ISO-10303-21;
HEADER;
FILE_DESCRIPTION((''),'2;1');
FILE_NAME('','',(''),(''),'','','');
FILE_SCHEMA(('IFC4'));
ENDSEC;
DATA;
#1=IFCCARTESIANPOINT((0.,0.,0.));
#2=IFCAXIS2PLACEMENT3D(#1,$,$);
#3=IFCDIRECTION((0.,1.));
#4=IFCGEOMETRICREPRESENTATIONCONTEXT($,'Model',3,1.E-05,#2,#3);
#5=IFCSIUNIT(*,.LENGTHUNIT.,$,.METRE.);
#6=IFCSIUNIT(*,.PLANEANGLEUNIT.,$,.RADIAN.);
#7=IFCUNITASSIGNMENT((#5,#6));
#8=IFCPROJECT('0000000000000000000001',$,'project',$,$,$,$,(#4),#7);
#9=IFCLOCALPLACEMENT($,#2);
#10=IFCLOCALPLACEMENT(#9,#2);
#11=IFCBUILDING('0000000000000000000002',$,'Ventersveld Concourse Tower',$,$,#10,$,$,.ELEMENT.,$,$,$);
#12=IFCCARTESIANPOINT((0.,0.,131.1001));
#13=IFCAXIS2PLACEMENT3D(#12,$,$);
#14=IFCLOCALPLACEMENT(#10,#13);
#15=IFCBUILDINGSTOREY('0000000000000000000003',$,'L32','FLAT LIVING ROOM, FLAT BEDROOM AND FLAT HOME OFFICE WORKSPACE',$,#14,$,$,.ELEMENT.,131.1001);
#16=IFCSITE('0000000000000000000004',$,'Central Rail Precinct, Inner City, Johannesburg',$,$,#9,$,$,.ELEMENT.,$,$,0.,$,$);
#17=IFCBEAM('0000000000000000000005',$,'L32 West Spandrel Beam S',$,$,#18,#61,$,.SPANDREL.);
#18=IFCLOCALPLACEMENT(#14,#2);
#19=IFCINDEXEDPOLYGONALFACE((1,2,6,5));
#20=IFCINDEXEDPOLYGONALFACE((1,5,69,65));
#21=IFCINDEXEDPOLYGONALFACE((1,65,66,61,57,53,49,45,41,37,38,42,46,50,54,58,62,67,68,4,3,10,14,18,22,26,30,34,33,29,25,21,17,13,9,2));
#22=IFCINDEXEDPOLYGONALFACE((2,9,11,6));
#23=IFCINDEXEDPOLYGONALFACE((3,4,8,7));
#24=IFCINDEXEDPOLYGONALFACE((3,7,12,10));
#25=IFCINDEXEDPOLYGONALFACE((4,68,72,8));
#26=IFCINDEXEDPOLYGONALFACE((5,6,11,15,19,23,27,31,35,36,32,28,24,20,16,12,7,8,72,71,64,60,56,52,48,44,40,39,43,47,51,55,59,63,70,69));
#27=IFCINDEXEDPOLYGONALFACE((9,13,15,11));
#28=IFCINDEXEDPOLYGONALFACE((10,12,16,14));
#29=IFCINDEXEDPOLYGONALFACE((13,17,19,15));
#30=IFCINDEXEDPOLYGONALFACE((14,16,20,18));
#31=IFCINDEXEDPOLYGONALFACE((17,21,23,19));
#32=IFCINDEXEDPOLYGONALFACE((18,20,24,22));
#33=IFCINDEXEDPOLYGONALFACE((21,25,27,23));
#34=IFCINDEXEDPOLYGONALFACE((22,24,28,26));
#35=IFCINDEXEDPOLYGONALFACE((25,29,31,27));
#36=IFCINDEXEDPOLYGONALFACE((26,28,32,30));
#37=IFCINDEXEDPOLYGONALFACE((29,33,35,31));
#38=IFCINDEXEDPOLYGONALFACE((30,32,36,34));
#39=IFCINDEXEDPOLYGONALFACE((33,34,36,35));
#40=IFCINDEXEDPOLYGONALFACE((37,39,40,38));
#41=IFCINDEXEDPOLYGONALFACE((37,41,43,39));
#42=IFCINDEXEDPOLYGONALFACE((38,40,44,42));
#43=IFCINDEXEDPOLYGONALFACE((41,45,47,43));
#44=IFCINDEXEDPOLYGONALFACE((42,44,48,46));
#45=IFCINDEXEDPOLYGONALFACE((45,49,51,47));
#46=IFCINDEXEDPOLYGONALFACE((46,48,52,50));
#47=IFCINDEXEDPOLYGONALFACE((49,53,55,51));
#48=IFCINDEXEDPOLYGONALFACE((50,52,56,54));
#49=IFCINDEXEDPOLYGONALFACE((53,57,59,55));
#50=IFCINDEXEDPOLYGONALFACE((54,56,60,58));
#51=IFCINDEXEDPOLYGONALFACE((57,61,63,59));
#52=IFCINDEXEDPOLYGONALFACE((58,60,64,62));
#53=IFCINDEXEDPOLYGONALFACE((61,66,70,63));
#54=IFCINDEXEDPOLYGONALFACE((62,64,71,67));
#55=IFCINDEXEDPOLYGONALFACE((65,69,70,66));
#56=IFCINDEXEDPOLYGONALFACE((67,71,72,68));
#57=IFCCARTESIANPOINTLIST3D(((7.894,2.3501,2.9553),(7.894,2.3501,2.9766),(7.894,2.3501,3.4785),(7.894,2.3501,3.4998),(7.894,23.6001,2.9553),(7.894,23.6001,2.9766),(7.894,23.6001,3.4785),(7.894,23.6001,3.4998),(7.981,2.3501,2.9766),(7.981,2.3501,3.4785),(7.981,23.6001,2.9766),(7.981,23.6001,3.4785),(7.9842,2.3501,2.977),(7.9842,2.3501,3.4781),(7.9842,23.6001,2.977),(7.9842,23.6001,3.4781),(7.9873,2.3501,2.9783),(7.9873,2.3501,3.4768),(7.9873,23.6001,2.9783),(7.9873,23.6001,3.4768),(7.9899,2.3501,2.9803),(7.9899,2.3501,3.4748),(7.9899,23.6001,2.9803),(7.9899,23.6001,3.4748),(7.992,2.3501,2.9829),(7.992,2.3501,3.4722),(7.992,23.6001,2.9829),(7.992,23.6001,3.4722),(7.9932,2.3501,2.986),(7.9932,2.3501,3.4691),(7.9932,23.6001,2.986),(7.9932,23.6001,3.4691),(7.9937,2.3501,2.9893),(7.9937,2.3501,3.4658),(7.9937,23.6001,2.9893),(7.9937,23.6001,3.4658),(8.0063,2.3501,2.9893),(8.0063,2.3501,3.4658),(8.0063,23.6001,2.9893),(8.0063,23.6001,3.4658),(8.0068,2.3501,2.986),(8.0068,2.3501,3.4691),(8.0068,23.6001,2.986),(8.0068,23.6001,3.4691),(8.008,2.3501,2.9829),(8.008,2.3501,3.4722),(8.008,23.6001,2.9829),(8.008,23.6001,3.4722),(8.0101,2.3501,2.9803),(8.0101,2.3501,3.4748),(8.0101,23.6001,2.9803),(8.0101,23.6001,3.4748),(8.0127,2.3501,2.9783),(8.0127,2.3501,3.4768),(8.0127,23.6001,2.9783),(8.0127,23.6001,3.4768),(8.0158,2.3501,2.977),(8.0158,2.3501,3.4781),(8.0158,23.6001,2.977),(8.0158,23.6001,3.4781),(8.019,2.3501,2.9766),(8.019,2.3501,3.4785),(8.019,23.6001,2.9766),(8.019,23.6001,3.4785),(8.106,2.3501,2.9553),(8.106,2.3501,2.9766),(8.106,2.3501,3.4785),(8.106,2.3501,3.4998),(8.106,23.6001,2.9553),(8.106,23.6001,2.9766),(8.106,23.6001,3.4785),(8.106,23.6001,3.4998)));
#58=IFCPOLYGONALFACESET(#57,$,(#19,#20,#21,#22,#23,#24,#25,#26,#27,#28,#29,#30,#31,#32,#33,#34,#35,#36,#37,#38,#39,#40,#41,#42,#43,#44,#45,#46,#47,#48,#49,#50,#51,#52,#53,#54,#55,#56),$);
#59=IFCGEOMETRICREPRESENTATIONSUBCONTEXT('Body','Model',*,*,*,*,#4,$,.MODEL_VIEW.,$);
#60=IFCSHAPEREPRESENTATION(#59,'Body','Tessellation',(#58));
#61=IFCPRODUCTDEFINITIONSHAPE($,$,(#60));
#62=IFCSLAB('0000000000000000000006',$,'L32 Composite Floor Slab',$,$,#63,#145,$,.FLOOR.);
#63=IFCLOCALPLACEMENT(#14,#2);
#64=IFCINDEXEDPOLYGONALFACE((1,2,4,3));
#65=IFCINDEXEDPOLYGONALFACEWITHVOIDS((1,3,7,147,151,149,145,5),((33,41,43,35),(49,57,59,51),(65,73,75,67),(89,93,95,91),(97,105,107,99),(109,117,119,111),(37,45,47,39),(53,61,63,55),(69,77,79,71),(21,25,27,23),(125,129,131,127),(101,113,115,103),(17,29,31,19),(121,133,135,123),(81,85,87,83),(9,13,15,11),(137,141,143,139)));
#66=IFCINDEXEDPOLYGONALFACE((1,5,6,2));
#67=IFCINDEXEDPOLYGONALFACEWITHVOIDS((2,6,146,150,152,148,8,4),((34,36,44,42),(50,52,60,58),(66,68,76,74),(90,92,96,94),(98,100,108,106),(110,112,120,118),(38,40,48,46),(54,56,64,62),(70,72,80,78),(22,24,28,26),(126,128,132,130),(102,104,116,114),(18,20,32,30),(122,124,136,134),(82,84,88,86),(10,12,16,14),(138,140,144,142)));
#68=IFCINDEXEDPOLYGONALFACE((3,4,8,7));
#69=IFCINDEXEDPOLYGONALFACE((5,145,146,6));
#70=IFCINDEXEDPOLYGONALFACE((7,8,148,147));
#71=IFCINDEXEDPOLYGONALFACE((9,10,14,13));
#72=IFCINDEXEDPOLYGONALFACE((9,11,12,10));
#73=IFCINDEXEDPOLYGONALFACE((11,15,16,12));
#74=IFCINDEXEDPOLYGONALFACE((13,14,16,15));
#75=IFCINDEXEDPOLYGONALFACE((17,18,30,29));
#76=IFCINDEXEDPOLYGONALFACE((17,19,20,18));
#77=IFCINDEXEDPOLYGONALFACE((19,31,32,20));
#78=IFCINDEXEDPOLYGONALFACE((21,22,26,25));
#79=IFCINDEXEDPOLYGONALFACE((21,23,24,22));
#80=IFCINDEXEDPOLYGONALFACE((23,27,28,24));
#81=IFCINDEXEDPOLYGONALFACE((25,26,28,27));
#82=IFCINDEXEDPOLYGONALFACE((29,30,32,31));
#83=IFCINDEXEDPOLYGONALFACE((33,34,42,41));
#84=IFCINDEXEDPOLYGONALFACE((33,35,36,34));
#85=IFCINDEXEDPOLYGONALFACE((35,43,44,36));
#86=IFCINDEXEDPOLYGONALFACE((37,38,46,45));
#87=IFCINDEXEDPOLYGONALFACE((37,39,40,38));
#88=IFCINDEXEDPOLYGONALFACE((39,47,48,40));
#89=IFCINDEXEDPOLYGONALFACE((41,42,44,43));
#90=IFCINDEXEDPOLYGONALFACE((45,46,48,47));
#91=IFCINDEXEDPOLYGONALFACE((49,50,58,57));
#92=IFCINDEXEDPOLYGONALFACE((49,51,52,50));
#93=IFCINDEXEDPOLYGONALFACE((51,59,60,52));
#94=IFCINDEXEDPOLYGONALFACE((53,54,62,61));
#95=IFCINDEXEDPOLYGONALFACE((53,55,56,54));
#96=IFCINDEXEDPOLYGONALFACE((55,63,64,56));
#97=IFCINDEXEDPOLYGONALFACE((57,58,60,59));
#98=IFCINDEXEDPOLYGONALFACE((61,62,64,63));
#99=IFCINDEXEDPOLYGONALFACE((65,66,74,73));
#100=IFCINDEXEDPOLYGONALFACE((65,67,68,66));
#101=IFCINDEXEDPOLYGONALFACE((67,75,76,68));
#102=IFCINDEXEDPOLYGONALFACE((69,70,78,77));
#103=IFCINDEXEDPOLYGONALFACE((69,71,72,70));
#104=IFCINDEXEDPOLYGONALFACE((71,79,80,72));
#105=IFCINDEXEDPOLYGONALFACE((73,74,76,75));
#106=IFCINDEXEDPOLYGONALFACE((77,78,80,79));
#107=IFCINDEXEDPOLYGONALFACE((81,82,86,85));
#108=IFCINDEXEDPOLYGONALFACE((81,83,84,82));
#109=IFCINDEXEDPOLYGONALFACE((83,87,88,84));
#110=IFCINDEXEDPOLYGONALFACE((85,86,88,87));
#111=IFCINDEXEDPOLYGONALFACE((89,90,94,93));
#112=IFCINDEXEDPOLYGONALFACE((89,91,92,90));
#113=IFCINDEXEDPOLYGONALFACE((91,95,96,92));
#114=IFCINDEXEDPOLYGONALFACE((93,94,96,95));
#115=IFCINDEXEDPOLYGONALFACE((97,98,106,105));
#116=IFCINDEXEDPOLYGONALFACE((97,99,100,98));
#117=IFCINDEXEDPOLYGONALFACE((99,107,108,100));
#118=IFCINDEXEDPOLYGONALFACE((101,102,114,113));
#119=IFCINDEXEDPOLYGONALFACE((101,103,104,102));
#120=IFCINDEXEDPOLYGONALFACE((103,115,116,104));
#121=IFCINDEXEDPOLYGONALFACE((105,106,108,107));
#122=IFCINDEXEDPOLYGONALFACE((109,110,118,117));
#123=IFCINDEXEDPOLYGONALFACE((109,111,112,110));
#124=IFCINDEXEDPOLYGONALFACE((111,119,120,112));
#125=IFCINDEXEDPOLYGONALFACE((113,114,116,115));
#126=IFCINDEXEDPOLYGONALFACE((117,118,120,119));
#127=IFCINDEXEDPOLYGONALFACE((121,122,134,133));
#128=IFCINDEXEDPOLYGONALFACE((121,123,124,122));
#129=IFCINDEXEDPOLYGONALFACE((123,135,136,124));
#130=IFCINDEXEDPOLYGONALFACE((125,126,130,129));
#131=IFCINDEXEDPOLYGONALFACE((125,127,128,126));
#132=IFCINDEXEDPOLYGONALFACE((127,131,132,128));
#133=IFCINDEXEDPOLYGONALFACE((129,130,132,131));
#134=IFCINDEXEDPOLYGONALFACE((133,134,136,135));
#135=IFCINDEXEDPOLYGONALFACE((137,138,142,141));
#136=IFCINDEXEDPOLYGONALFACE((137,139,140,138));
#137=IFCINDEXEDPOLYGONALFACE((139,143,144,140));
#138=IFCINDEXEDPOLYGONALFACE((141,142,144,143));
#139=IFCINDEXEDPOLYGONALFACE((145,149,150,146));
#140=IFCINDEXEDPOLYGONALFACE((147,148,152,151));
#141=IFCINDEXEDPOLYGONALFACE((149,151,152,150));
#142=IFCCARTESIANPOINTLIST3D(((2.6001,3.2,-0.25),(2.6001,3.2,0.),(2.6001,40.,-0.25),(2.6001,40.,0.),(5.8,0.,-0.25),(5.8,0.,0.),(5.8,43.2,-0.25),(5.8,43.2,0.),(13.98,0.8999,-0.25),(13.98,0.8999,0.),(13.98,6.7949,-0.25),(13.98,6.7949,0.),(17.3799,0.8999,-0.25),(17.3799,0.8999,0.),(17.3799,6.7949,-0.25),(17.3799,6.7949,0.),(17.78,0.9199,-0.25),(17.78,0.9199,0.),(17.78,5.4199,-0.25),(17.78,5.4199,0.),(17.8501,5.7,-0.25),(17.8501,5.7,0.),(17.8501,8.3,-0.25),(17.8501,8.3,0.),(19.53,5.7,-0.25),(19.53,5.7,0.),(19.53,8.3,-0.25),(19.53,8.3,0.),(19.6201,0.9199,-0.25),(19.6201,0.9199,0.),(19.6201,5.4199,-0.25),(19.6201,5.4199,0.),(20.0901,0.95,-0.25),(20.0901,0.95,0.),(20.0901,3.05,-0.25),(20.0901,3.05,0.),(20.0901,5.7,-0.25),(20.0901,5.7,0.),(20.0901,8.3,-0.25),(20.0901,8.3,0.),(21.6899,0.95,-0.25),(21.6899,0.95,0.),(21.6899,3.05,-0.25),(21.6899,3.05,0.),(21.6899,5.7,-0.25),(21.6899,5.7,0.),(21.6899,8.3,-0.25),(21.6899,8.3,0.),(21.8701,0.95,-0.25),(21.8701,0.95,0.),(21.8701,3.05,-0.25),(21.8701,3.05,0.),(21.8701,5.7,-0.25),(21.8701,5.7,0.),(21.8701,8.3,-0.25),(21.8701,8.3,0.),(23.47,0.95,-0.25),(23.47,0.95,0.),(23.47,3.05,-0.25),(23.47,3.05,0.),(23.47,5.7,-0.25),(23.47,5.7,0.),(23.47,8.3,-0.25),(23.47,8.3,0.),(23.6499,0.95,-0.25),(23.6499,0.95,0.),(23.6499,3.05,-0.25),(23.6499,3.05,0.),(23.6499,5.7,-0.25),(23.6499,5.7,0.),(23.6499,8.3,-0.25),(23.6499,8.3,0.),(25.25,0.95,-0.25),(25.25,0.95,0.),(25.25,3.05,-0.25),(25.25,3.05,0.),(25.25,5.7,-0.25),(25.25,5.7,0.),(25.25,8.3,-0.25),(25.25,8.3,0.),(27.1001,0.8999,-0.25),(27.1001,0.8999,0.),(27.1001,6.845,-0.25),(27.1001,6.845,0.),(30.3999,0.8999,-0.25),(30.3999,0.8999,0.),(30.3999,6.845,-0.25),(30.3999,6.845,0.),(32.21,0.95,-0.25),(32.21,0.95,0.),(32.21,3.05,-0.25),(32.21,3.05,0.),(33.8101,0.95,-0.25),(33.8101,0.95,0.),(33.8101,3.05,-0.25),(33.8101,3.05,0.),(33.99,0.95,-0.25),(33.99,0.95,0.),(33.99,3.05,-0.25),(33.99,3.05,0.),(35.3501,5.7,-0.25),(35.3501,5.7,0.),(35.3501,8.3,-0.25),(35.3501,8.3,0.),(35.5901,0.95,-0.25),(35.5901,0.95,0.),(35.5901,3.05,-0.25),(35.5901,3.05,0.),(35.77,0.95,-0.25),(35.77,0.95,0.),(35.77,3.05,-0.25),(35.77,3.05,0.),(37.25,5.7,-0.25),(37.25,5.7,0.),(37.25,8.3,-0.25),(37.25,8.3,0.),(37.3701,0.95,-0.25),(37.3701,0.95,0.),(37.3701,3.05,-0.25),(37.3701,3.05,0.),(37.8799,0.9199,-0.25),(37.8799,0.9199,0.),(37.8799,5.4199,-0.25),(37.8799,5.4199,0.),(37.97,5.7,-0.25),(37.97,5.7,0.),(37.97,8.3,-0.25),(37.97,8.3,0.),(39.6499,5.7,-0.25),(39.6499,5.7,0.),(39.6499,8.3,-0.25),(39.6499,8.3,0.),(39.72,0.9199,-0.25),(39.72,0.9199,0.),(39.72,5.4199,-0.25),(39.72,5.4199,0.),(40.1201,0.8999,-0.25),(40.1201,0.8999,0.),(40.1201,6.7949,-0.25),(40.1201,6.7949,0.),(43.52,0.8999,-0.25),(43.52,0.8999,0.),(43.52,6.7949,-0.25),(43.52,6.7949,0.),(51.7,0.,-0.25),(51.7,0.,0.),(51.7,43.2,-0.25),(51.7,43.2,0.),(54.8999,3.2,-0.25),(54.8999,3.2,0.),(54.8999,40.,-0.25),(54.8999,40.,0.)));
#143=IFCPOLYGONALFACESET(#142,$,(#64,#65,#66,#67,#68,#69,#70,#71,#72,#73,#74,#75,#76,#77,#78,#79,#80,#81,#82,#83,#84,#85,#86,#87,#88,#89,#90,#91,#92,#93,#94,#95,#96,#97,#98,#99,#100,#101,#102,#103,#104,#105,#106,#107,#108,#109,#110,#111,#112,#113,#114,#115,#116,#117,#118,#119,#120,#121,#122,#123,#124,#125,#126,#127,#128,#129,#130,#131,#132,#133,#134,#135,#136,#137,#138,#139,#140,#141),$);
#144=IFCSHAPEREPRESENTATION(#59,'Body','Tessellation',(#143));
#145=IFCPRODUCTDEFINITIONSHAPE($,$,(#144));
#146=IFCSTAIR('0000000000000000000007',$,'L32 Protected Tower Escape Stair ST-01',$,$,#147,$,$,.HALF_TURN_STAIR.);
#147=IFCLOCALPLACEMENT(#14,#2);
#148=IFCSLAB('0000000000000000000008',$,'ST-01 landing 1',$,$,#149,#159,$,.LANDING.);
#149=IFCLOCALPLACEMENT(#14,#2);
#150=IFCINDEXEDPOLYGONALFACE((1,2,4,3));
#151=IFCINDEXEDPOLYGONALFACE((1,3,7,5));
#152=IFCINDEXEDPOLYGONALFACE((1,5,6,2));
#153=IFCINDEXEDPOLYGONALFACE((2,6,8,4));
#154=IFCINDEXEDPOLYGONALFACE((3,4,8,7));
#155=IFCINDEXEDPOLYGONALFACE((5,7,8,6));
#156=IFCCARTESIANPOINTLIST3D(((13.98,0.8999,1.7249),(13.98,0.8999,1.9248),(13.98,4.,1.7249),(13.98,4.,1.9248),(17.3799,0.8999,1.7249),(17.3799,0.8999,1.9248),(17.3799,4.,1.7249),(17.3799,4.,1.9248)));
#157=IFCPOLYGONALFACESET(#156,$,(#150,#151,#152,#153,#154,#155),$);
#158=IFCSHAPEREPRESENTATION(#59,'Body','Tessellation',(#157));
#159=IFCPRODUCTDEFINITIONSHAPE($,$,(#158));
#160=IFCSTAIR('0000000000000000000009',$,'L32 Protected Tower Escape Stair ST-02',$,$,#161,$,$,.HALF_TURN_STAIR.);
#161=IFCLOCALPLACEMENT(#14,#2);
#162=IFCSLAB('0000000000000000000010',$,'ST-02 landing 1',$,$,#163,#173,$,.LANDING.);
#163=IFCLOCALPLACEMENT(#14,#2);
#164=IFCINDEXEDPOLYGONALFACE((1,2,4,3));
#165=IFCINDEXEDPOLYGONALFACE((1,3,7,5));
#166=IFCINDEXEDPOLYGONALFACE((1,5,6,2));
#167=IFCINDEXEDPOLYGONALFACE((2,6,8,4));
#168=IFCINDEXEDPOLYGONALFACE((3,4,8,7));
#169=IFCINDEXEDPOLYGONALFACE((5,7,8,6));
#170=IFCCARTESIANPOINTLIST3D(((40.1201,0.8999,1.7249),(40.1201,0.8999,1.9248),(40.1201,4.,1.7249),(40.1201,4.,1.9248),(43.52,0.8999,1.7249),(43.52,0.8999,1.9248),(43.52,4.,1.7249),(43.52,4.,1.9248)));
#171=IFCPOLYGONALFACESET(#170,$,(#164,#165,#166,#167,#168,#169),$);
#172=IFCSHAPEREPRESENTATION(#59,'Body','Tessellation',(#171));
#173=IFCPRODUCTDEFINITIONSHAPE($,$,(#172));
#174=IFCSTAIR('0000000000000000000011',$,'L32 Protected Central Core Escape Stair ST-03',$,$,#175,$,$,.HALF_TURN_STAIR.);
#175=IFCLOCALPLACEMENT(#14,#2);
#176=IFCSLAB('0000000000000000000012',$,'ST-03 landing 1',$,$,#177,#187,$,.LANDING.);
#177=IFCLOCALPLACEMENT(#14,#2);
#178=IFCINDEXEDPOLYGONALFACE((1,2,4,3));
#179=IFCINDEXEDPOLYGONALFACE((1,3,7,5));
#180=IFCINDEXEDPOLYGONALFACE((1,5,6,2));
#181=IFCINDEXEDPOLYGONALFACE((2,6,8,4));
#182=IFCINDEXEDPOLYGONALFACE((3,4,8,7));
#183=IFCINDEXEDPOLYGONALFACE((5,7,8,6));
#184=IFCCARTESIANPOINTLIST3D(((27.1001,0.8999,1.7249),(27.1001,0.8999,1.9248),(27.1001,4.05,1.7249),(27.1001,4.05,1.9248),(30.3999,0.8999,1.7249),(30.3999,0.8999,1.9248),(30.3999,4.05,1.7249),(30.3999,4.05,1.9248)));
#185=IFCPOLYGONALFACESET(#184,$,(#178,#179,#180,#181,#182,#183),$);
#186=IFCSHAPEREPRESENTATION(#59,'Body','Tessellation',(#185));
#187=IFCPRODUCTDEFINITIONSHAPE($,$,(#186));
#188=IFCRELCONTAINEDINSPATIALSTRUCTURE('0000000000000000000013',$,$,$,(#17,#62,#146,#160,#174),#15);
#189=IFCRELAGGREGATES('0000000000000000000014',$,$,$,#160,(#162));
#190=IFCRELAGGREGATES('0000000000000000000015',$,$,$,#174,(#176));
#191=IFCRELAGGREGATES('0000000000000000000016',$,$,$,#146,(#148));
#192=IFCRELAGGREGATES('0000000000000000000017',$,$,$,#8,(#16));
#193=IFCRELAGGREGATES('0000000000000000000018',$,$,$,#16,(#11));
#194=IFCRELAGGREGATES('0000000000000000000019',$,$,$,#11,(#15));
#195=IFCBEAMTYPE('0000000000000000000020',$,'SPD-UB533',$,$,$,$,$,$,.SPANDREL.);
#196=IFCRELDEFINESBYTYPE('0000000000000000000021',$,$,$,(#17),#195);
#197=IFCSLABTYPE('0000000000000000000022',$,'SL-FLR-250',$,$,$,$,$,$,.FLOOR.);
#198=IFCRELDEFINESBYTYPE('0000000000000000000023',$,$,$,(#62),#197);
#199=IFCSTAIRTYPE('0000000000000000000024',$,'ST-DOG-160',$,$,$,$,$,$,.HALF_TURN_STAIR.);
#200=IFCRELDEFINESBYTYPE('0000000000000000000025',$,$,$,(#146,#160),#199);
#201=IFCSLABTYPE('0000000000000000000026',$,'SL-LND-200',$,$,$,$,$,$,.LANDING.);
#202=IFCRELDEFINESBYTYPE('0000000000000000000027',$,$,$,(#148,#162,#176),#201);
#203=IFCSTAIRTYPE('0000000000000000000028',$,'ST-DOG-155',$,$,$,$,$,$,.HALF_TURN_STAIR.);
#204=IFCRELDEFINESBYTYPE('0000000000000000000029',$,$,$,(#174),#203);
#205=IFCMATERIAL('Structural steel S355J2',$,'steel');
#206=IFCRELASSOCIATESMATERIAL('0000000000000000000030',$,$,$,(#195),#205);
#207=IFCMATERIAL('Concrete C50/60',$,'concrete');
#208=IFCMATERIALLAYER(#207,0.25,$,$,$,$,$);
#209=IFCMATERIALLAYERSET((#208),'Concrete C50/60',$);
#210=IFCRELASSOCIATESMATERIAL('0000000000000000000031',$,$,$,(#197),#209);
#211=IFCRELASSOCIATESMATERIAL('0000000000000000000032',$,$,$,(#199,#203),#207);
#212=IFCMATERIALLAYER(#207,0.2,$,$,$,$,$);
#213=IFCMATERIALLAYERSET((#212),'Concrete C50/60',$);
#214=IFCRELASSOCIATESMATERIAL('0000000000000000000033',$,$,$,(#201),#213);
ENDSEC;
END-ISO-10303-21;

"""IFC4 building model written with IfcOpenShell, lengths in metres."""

from ifc_helpers import new_model, si_unit, direction, frame, origin, origin_2d, place, context, subcontext, project, spatial, polyline, i_section, outline, extrude, material, layer, layer_set, material_profile, profile_set, type_object, element, aggregate, save


model = new_model("IFC4")

# Units and contexts
model_context = context("Model", 3, precision=1e-05, world=origin(), true_north=direction((0.0, 1.0)))
body_context = subcontext(model_context, "Body", "Model", "MODEL_VIEW")
ifc_project = project(units=[si_unit("LENGTHUNIT", "METRE"), si_unit("PLANEANGLEUNIT", "RADIAN")], contexts=[model_context])

# Site, building, storey
site_placement = place(None, origin())
site = spatial("IfcSite", under=ifc_project, at=site_placement, Name="Central Rail Precinct, Inner City, Johannesburg", CompositionType="ELEMENT", RefElevation=0.0)
building_placement = place(site_placement, origin())
building = spatial("IfcBuilding", under=site, at=building_placement, Name="Ventersveld Concourse Tower", CompositionType="ELEMENT")
storey_placement = place(building_placement, frame((0.0, 0.0, 131.1001)))
storey = spatial("IfcBuildingStorey", under=building, at=storey_placement, Name="L32", Description="FLAT LIVING ROOM, FLAT BEDROOM AND FLAT HOME OFFICE WORKSPACE", CompositionType="ELEMENT", Elevation=131.1001)

# Shared definitions
ifc_material_1 = material(Name="Concrete C50/60", Category="concrete")

# Shared definitions
ifc_material_2 = material(Name="Structural steel S355J2", Category="steel")

# Beam
ifc_material_profile_1 = material_profile(ifc_material_2, i_section(OverallWidth=0.2119, OverallDepth=0.5444, WebThickness=0.0127, FlangeThickness=0.0212, FilletRadius=0.0127, at=origin_2d()), Name="UB 533x210x122")
ifc_profile_set_1 = profile_set([ifc_material_profile_1], Name="Structural steel S355J2")
beam_type_1 = type_object("IfcBeamType", Name="SPD-UB533", PredefinedType="SPANDREL", material=ifc_profile_set_1)
beam_1_placement = place(storey_placement, frame((8.0, 2.3501, 3.2275), z_axis=(0.0, 1.0, 0.0), x_axis=(-1.0, 0.0, 0.0)))
element("IfcBeam", 1, at=beam_1_placement, inside=storey, type_object=beam_type_1, Name="L32 West Spandrel Beam S", PredefinedType="SPANDREL", context=body_context, shape_type="SweptSolid", body=[
    extrude(i_section(OverallWidth=0.2119, OverallDepth=0.5444, WebThickness=0.0127, FlangeThickness=0.0212, FilletRadius=0.0127, at=origin_2d()), origin(), (0.0, 0.0, 1.0), 21.25),
])

# Slab
ifc_layer_1 = layer(ifc_material_1, 0.25)
ifc_layer_set_1 = layer_set([ifc_layer_1], Name="Concrete C50/60")
slab_type_1 = type_object("IfcSlabType", Name="SL-FLR-250", PredefinedType="FLOOR", material=ifc_layer_set_1)
slab_1_placement = place(storey_placement, frame((0.0, 0.0, -0.25)))
element("IfcSlab", 2, at=slab_1_placement, inside=storey, type_object=slab_type_1, Name="L32 Composite Floor Slab", PredefinedType="FLOOR", context=body_context, shape_type="SweptSolid", body=[
    extrude(outline(polyline([(5.8, 0.0), (51.7, 0.0), (54.8999, 3.2), (54.8999, 40.0), (51.7, 43.2), (5.8, 43.2), (2.6001, 40.0), (2.6001, 3.2), (5.8, 0.0)]), holes=[polyline([(13.98, 6.7949), (13.98, 0.8999), (17.3799, 0.8999), (17.3799, 6.7949), (13.98, 6.7949)]), polyline([(40.1201, 6.7949), (40.1201, 0.8999), (43.52, 0.8999), (43.52, 6.7949), (40.1201, 6.7949)]), polyline([(27.1001, 6.845), (27.1001, 0.8999), (30.3999, 0.8999), (30.3999, 6.845), (27.1001, 6.845)]), polyline([(17.8501, 5.7), (19.53, 5.7), (19.53, 8.3), (17.8501, 8.3), (17.8501, 5.7)]), polyline([(37.97, 5.7), (39.6499, 5.7), (39.6499, 8.3), (37.97, 8.3), (37.97, 5.7)]), polyline([(35.3501, 5.7), (37.25, 5.7), (37.25, 8.3), (35.3501, 8.3), (35.3501, 5.7)]), polyline([(20.0901, 0.95), (21.6899, 0.95), (21.6899, 3.05), (20.0901, 3.05), (20.0901, 0.95)]), polyline([(21.8701, 0.95), (23.47, 0.95), (23.47, 3.05), (21.8701, 3.05), (21.8701, 0.95)]), polyline([(23.6499, 0.95), (25.25, 0.95), (25.25, 3.05), (23.6499, 3.05), (23.6499, 0.95)]), polyline([(32.21, 0.95), (33.8101, 0.95), (33.8101, 3.05), (32.21, 3.05), (32.21, 0.95)]), polyline([(33.99, 0.95), (35.5901, 0.95), (35.5901, 3.05), (33.99, 3.05), (33.99, 0.95)]), polyline([(35.77, 0.95), (37.3701, 0.95), (37.3701, 3.05), (35.77, 3.05), (35.77, 0.95)]), polyline([(20.0901, 5.7), (21.6899, 5.7), (21.6899, 8.3), (20.0901, 8.3), (20.0901, 5.7)]), polyline([(21.8701, 5.7), (23.47, 5.7), (23.47, 8.3), (21.8701, 8.3), (21.8701, 5.7)]), polyline([(23.6499, 5.7), (25.25, 5.7), (25.25, 8.3), (23.6499, 8.3), (23.6499, 5.7)]), polyline([(17.78, 0.9199), (19.6201, 0.9199), (19.6201, 5.4199), (17.78, 5.4199), (17.78, 0.9199)]), polyline([(37.8799, 0.9199), (39.72, 0.9199), (39.72, 5.4199), (37.8799, 5.4199), (37.8799, 0.9199)])]), origin(), (0.0, 0.0, 1.0), 0.25),
])

# Stairs, slabs
stair_type_1 = type_object("IfcStairType", Name="ST-DOG-160", PredefinedType="HALF_TURN_STAIR", material=ifc_material_1)
stair_1_placement = place(storey_placement, origin())
stair_1 = element("IfcStair", 3, at=stair_1_placement, inside=storey, type_object=stair_type_1, Name="L32 Protected Tower Escape Stair ST-01", PredefinedType="HALF_TURN_STAIR")
ifc_layer_2 = layer(ifc_material_1, 0.2)
ifc_layer_set_2 = layer_set([ifc_layer_2], Name="Concrete C50/60")
slab_type_2 = type_object("IfcSlabType", Name="SL-LND-200", PredefinedType="LANDING", material=ifc_layer_set_2)
slab_2_placement = place(storey_placement, frame((0.0, 0.0, 1.7249)))
slab_2 = element("IfcSlab", 4, at=slab_2_placement, type_object=slab_type_2, Name="ST-01 landing 1", PredefinedType="LANDING", context=body_context, shape_type="SweptSolid", body=[
    extrude(outline(polyline([(13.98, 4.0), (13.98, 0.8999), (17.3799, 0.8999), (17.3799, 4.0), (13.98, 4.0)])), origin(), (0.0, 0.0, 1.0), 0.2),
])
stair_2_placement = place(storey_placement, origin())
stair_2 = element("IfcStair", 5, at=stair_2_placement, inside=storey, type_object=stair_type_1, Name="L32 Protected Tower Escape Stair ST-02", PredefinedType="HALF_TURN_STAIR")
slab_3_placement = place(storey_placement, frame((0.0, 0.0, 1.7249)))
slab_3 = element("IfcSlab", 6, at=slab_3_placement, type_object=slab_type_2, Name="ST-02 landing 1", PredefinedType="LANDING", context=body_context, shape_type="SweptSolid", body=[
    extrude(outline(polyline([(40.1201, 4.0), (40.1201, 0.8999), (43.52, 0.8999), (43.52, 4.0), (40.1201, 4.0)])), origin(), (0.0, 0.0, 1.0), 0.2),
])
aggregate(stair_2, [slab_3])
stair_type_2 = type_object("IfcStairType", Name="ST-DOG-155", PredefinedType="HALF_TURN_STAIR", material=ifc_material_1)
stair_3_placement = place(storey_placement, origin())
stair_3 = element("IfcStair", 7, at=stair_3_placement, inside=storey, type_object=stair_type_2, Name="L32 Protected Central Core Escape Stair ST-03", PredefinedType="HALF_TURN_STAIR")
slab_4_placement = place(storey_placement, frame((0.0, 0.0, 1.7249)))
slab_4 = element("IfcSlab", 8, at=slab_4_placement, type_object=slab_type_2, Name="ST-03 landing 1", PredefinedType="LANDING", context=body_context, shape_type="SweptSolid", body=[
    extrude(outline(polyline([(27.1001, 4.05), (27.1001, 0.8999), (30.3999, 0.8999), (30.3999, 4.05), (27.1001, 4.05)])), origin(), (0.0, 0.0, 1.0), 0.2),
])
aggregate(stair_3, [slab_4])

aggregate(stair_1, [slab_2])

save(model, "model.ifc")
